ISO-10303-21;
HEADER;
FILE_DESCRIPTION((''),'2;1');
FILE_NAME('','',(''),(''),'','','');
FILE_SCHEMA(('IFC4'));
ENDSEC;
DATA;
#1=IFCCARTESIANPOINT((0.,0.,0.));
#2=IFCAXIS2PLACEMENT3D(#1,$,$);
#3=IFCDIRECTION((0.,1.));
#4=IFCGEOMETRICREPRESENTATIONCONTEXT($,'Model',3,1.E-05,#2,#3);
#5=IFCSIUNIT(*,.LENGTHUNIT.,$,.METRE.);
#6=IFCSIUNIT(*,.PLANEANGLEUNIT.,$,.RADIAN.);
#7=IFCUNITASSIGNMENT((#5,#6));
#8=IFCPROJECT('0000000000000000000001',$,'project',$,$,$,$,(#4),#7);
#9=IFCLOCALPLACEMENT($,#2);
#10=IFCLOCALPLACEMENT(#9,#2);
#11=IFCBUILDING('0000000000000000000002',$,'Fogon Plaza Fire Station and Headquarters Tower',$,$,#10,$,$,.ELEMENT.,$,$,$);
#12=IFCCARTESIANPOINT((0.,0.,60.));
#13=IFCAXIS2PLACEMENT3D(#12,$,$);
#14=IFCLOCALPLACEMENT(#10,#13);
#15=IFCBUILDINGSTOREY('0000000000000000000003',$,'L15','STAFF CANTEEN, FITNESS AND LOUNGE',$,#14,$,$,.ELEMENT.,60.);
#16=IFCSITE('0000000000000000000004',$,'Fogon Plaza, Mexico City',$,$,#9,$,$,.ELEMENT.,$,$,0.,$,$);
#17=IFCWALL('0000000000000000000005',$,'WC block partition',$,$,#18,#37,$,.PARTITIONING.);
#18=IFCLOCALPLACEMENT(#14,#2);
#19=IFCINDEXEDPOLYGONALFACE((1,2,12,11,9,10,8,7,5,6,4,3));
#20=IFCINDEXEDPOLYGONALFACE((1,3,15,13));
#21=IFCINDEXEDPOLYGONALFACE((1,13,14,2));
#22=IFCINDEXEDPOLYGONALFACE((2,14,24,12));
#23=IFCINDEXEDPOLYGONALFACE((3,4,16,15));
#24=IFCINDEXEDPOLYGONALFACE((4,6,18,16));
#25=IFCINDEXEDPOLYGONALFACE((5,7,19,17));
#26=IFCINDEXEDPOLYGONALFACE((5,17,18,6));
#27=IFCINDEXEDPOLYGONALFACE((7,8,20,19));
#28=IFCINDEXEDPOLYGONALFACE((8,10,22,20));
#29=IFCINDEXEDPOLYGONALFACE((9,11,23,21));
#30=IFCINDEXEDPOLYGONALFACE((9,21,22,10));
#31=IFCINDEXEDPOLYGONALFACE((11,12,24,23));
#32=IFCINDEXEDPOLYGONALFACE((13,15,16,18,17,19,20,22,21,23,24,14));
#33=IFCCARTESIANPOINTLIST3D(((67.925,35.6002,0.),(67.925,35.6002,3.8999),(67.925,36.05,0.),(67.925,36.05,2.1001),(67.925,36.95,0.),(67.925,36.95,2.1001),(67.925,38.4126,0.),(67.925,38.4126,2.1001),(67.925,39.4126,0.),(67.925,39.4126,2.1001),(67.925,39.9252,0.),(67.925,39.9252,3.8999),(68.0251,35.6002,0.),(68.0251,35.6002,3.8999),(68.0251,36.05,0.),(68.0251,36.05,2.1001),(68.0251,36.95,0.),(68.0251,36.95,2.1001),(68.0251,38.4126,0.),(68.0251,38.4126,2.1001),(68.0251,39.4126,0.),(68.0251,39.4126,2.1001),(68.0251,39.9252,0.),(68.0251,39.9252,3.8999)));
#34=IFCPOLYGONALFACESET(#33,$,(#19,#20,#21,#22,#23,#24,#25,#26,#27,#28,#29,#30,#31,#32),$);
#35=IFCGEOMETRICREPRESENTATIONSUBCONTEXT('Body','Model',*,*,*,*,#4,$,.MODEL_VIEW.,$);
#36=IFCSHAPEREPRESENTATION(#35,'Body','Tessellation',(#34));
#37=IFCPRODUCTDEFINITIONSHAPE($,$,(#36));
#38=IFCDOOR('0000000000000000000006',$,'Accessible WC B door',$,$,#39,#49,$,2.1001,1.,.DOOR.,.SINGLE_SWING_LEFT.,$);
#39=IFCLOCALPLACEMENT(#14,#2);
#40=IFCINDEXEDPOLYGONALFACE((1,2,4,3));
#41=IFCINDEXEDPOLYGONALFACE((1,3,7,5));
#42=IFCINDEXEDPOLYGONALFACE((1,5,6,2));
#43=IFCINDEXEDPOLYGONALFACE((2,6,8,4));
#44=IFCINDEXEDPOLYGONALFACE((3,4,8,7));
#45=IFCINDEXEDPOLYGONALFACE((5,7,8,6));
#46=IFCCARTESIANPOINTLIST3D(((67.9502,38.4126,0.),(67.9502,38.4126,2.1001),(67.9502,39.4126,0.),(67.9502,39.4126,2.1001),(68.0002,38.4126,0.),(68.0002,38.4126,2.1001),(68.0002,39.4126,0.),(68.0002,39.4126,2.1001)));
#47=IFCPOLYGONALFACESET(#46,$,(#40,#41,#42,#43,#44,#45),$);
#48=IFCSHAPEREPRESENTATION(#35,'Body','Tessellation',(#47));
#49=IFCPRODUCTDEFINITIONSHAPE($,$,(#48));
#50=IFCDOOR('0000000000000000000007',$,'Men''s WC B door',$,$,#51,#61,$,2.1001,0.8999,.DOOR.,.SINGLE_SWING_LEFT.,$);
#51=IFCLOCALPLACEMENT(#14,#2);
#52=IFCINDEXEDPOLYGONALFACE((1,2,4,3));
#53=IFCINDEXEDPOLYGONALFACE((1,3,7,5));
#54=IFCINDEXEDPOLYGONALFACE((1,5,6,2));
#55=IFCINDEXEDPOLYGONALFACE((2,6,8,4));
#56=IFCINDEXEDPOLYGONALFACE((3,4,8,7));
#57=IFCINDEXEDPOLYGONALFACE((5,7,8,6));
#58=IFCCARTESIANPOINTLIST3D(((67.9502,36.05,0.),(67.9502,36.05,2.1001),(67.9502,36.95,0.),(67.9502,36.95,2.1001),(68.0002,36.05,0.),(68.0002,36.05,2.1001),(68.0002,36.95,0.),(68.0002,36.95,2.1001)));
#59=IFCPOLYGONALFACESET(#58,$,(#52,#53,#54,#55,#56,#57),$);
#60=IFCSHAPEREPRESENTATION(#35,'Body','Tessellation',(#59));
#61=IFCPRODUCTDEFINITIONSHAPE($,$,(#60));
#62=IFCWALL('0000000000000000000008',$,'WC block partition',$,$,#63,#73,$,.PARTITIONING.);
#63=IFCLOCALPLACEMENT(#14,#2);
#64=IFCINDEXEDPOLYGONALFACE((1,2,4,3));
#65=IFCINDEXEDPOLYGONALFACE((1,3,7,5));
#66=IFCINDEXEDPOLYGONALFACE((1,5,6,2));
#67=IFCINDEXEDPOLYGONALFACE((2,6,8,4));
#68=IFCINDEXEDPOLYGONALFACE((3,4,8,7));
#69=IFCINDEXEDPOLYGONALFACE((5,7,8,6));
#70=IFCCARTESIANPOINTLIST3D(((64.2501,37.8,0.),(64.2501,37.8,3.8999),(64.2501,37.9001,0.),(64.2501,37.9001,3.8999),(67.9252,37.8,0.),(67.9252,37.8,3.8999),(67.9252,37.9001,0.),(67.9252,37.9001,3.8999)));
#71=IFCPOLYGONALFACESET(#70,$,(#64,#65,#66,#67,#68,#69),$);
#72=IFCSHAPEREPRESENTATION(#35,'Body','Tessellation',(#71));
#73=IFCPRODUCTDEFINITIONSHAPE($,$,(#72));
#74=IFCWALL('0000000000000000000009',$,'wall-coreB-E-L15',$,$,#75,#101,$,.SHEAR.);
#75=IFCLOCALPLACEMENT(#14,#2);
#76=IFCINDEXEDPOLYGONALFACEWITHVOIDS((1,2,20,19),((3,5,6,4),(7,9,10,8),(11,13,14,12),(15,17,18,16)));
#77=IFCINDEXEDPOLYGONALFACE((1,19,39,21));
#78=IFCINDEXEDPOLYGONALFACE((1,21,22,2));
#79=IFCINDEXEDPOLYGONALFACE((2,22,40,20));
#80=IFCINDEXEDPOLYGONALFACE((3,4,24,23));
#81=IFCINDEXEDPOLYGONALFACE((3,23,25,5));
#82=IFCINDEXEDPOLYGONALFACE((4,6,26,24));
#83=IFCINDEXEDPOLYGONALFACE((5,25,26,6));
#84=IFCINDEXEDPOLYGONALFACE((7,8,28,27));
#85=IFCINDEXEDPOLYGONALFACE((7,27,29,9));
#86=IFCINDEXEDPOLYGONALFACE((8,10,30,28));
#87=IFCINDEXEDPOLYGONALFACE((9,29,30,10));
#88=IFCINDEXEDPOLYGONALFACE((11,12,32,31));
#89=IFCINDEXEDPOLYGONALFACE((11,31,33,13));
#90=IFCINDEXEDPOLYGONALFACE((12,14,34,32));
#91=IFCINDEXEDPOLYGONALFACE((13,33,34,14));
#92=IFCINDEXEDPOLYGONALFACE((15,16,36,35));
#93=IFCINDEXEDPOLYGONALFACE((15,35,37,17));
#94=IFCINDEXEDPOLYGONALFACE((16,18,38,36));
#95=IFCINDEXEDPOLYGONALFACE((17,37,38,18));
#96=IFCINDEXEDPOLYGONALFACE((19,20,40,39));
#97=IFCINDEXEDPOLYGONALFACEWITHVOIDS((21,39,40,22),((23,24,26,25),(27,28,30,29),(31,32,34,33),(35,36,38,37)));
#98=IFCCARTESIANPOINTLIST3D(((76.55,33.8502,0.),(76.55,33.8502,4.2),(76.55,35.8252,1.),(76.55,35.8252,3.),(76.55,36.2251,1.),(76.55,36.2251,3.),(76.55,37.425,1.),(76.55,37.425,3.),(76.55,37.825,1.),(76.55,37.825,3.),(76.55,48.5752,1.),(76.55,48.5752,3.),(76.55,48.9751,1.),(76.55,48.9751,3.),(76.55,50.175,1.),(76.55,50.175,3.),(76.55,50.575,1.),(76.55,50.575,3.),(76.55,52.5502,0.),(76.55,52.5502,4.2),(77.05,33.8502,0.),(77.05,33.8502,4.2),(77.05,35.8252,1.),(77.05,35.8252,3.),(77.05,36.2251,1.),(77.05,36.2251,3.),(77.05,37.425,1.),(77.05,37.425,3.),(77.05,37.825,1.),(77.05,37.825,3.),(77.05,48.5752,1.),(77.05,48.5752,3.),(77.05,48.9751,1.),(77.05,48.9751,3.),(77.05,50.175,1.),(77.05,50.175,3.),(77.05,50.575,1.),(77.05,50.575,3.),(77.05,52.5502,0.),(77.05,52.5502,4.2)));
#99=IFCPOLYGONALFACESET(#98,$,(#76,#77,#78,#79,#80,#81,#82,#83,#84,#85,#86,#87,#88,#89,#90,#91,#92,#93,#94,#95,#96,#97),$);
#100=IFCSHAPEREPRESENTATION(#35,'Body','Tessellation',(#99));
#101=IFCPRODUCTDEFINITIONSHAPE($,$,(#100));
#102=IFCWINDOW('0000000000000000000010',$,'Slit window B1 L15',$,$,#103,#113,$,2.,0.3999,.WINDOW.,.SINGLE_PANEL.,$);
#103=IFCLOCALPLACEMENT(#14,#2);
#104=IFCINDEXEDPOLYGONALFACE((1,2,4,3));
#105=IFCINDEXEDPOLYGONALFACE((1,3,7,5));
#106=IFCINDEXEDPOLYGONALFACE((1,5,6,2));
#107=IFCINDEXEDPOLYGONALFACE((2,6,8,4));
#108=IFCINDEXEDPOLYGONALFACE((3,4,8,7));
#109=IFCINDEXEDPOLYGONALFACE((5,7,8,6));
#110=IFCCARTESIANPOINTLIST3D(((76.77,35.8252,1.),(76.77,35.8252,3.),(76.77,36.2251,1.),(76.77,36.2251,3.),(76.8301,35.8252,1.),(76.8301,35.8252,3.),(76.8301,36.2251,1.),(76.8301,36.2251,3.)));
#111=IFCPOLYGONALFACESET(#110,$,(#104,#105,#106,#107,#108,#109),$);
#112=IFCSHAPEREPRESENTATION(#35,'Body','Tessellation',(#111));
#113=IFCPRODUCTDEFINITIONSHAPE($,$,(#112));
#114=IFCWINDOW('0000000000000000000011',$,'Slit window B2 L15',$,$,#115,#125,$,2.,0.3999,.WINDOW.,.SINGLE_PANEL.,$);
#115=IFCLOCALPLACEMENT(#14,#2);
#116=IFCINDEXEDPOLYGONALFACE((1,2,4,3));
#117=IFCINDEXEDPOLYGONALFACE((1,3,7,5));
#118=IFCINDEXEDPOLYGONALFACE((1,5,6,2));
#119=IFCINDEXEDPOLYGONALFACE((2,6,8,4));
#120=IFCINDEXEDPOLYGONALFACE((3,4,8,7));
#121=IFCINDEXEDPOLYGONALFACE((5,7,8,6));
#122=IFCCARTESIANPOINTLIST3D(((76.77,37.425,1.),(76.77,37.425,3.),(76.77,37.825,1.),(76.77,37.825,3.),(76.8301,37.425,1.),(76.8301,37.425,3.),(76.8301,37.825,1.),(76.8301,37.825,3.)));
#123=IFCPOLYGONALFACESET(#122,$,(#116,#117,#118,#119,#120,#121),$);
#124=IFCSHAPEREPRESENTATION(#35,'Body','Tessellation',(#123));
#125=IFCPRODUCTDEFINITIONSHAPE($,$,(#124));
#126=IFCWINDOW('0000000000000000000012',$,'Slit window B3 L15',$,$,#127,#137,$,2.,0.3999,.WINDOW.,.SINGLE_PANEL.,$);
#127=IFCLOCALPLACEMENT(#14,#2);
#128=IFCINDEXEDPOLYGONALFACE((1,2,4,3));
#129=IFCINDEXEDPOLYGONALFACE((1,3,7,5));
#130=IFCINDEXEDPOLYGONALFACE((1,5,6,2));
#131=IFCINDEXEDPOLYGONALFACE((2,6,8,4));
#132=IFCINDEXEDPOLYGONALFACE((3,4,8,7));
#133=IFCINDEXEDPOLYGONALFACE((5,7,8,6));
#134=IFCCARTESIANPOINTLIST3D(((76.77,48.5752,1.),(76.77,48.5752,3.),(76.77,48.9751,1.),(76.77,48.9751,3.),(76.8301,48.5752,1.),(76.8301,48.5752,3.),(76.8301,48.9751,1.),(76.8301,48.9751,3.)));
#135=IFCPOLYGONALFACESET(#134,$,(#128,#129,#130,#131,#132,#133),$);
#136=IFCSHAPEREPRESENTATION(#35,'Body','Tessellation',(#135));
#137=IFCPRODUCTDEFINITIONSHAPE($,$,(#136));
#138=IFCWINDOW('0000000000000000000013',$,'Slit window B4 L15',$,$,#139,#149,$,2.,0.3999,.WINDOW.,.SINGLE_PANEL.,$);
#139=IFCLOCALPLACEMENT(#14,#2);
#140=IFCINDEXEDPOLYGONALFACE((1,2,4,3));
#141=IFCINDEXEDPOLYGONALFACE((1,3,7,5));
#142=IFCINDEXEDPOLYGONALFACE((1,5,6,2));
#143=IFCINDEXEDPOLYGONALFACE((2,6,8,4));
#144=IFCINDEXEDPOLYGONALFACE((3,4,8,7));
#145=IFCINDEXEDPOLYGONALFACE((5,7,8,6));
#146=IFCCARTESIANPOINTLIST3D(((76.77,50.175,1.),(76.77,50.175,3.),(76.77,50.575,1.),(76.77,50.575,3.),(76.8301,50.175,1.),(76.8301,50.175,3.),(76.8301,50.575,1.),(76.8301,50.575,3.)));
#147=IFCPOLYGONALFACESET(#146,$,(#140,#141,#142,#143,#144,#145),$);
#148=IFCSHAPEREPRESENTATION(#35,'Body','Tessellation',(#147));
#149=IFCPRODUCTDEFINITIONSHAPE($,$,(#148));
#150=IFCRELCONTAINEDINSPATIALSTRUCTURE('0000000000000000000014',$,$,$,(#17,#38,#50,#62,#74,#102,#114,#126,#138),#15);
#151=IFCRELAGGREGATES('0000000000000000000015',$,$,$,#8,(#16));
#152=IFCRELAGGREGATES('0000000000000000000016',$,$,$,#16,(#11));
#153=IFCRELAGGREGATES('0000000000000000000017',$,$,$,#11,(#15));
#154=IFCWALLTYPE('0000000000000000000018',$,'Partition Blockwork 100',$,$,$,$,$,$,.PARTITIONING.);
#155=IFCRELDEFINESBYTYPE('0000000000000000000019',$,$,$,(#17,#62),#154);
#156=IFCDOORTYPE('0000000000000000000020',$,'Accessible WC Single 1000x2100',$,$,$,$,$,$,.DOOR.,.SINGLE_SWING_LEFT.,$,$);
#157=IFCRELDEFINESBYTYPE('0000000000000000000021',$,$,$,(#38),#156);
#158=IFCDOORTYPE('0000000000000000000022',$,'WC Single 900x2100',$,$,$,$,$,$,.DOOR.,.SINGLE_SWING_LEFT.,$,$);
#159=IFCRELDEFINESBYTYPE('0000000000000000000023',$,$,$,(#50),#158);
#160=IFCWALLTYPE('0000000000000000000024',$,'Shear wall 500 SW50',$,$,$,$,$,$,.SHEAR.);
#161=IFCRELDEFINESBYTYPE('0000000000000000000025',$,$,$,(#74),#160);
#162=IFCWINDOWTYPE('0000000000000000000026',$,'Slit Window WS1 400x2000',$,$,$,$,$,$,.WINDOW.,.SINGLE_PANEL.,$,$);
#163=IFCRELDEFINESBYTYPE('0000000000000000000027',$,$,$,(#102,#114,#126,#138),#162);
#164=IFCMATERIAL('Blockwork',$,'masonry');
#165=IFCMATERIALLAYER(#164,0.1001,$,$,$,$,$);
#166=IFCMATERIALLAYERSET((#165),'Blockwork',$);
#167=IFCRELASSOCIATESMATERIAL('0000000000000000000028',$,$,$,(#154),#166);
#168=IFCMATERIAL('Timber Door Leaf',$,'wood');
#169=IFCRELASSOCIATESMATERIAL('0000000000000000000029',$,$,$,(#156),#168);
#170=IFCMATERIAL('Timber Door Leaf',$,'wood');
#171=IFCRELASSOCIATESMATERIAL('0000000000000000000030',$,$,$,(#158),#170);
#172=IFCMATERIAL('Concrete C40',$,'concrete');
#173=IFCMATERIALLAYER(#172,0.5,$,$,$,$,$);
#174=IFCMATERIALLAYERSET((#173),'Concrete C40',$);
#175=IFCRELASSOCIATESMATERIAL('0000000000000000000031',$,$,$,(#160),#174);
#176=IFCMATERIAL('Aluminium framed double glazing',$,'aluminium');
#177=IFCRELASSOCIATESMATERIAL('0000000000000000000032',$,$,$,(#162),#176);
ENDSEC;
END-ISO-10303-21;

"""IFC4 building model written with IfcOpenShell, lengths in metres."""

from ifc_helpers import new_model, si_unit, direction, frame, frame_2d, origin, place, context, subcontext, project, spatial, rectangle, extrude, material, layer, layer_set, type_object, element, fill, save


model = new_model("IFC4")

# Units and contexts
model_context = context("Model", 3, precision=1e-05, world=origin(), true_north=direction((0.0, 1.0)))
body_context = subcontext(model_context, "Body", "Model", "MODEL_VIEW")
ifc_project = project(units=[si_unit("LENGTHUNIT", "METRE"), si_unit("PLANEANGLEUNIT", "RADIAN")], contexts=[model_context])

# Site, building, storey
site_placement = place(None, origin())
site = spatial("IfcSite", under=ifc_project, at=site_placement, Name="Fogon Plaza, Mexico City", CompositionType="ELEMENT", RefElevation=0.0)
building_placement = place(site_placement, origin())
building = spatial("IfcBuilding", under=site, at=building_placement, Name="Fogon Plaza Fire Station and Headquarters Tower", CompositionType="ELEMENT")
storey_placement = place(building_placement, frame((0.0, 0.0, 60.0)))
storey = spatial("IfcBuildingStorey", under=building, at=storey_placement, Name="L15", Description="STAFF CANTEEN, FITNESS AND LOUNGE", CompositionType="ELEMENT", Elevation=60.0)

# Shared definitions
ifc_material_1 = material(Name="Blockwork", Category="masonry")
ifc_layer_1 = layer(ifc_material_1, 0.1001)
ifc_layer_set_1 = layer_set([ifc_layer_1], Name="Blockwork")
wall_type_1 = type_object("IfcWallType", Name="Partition Blockwork 100", PredefinedType="PARTITIONING", material=ifc_layer_set_1)

# Wall, openings, doors
wall_1_placement = place(storey_placement, frame((67.9751, 35.6001, 0.0), z_axis=(0.0, 0.0, 1.0), x_axis=(0.0, 1.0, 0.0)))
wall_1 = element("IfcWall", 1, at=wall_1_placement, inside=storey, type_object=wall_type_1, Name="WC block partition", PredefinedType="PARTITIONING", context=body_context, shape_type="SweptSolid", body=[
    extrude(rectangle(XDim=4.325, YDim=0.1001, at=frame_2d((2.1626, 0.0))), origin(), (0.0, 0.0, 1.0), 3.8999),
])
opening_1_placement = place(wall_1_placement, frame((0.45, 0.0, 0.0)))
opening_1 = element("IfcOpeningElement", 2, at=opening_1_placement, cuts=wall_1, PredefinedType="OPENING", context=body_context, shape_type="SweptSolid", body=[
    extrude(rectangle(XDim=0.8999, YDim=2.1001, at=frame_2d((0.45, 1.05))), frame((0.0, 0.0601, 0.0), z_axis=(0.0, -1.0, 0.0), x_axis=(1.0, 0.0, 0.0)), (0.0, 0.0, 1.0), 0.1201),
])
opening_2_placement = place(wall_1_placement, frame((2.8125, 0.0, 0.0)))
opening_2 = element("IfcOpeningElement", 3, at=opening_2_placement, cuts=wall_1, PredefinedType="OPENING", context=body_context, shape_type="SweptSolid", body=[
    extrude(rectangle(XDim=1.0, YDim=2.1001, at=frame_2d((0.5, 1.05))), frame((0.0, 0.0601, 0.0), z_axis=(0.0, -1.0, 0.0), x_axis=(1.0, 0.0, 0.0)), (0.0, 0.0, 1.0), 0.1201),
])
ifc_material_2 = material(Name="Timber Door Leaf", Category="wood")
door_type_1 = type_object("IfcDoorType", Name="Accessible WC Single 1000x2100", OperationType="SINGLE_SWING_LEFT", PredefinedType="DOOR", material=ifc_material_2)
door_1_placement = place(opening_2_placement, origin())
door_1 = element("IfcDoor", 4, at=door_1_placement, inside=storey, type_object=door_type_1, Name="Accessible WC B door", OperationType="SINGLE_SWING_LEFT", OverallHeight=2.1001, OverallWidth=1.0, PredefinedType="DOOR", context=body_context, shape_type="SweptSolid", body=[
    extrude(rectangle(XDim=1.0, YDim=2.1001, at=frame_2d((0.5, 1.05))), frame((0.0, 0.0249, 0.0), z_axis=(0.0, -1.0, 0.0), x_axis=(1.0, 0.0, 0.0)), (0.0, 0.0, 1.0), 0.05),
])
fill(opening_2, door_1)
ifc_material_3 = material(Name="Timber Door Leaf", Category="wood")
door_type_2 = type_object("IfcDoorType", Name="WC Single 900x2100", OperationType="SINGLE_SWING_LEFT", PredefinedType="DOOR", material=ifc_material_3)
door_2_placement = place(opening_1_placement, origin())
door_2 = element("IfcDoor", 5, at=door_2_placement, inside=storey, type_object=door_type_2, Name="Men's WC B door", OperationType="SINGLE_SWING_LEFT", OverallHeight=2.1001, OverallWidth=0.8999, PredefinedType="DOOR", context=body_context, shape_type="SweptSolid", body=[
    extrude(rectangle(XDim=0.8999, YDim=2.1001, at=frame_2d((0.45, 1.05))), frame((0.0, 0.0249, 0.0), z_axis=(0.0, -1.0, 0.0), x_axis=(1.0, 0.0, 0.0)), (0.0, 0.0, 1.0), 0.05),
])
fill(opening_1, door_2)

# Wall
wall_2_placement = place(storey_placement, frame((67.925, 37.8501, 0.0), z_axis=(0.0, 0.0, 1.0), x_axis=(-1.0, 0.0, 0.0)))
element("IfcWall", 6, at=wall_2_placement, inside=storey, type_object=wall_type_1, Name="WC block partition", PredefinedType="PARTITIONING", context=body_context, shape_type="SweptSolid", body=[
    extrude(rectangle(XDim=3.675, YDim=0.1001, at=frame_2d((1.8374, 0.0))), origin(), (0.0, 0.0, 1.0), 3.8999),
])

# Wall, openings, windows
ifc_material_4 = material(Name="Concrete C40", Category="concrete")
ifc_layer_2 = layer(ifc_material_4, 0.5)
ifc_layer_set_2 = layer_set([ifc_layer_2], Name="Concrete C40")
wall_type_2 = type_object("IfcWallType", Name="Shear wall 500 SW50", PredefinedType="SHEAR", material=ifc_layer_set_2)
wall_3_placement = place(storey_placement, frame((76.8, 33.8501, 0.0), z_axis=(0.0, 0.0, 1.0), x_axis=(0.0, 1.0, 0.0)))
wall_3 = element("IfcWall", 7, at=wall_3_placement, inside=storey, type_object=wall_type_2, Name="wall-coreB-E-L15", PredefinedType="SHEAR", context=body_context, shape_type="SweptSolid", body=[
    extrude(rectangle(XDim=18.7, YDim=0.5, at=frame_2d((9.3501, 0.0))), origin(), (0.0, 0.0, 1.0), 4.2),
])
opening_3_placement = place(wall_3_placement, frame((1.9751, 0.0, 1.0)))
opening_3 = element("IfcOpeningElement", 8, at=opening_3_placement, cuts=wall_3, PredefinedType="OPENING", context=body_context, shape_type="SweptSolid", body=[
    extrude(rectangle(XDim=0.3999, YDim=2.0, at=frame_2d((0.2, 1.0))), frame((0.0, 0.26, 0.0), z_axis=(0.0, -1.0, 0.0), x_axis=(1.0, 0.0, 0.0)), (0.0, 0.0, 1.0), 0.52),
])
opening_4_placement = place(wall_3_placement, frame((3.575, 0.0, 1.0)))
opening_4 = element("IfcOpeningElement", 9, at=opening_4_placement, cuts=wall_3, PredefinedType="OPENING", context=body_context, shape_type="SweptSolid", body=[
    extrude(rectangle(XDim=0.3999, YDim=2.0, at=frame_2d((0.2, 1.0))), frame((0.0, 0.26, 0.0), z_axis=(0.0, -1.0, 0.0), x_axis=(1.0, 0.0, 0.0)), (0.0, 0.0, 1.0), 0.52),
])
opening_5_placement = place(wall_3_placement, frame((14.7251, 0.0, 1.0)))
opening_5 = element("IfcOpeningElement", 10, at=opening_5_placement, cuts=wall_3, PredefinedType="OPENING", context=body_context, shape_type="SweptSolid", body=[
    extrude(rectangle(XDim=0.3999, YDim=2.0, at=frame_2d((0.2, 1.0))), frame((0.0, 0.26, 0.0), z_axis=(0.0, -1.0, 0.0), x_axis=(1.0, 0.0, 0.0)), (0.0, 0.0, 1.0), 0.52),
])
opening_6_placement = place(wall_3_placement, frame((16.325, 0.0, 1.0)))
opening_6 = element("IfcOpeningElement", 11, at=opening_6_placement, cuts=wall_3, PredefinedType="OPENING", context=body_context, shape_type="SweptSolid", body=[
    extrude(rectangle(XDim=0.3999, YDim=2.0, at=frame_2d((0.2, 1.0))), frame((0.0, 0.26, 0.0), z_axis=(0.0, -1.0, 0.0), x_axis=(1.0, 0.0, 0.0)), (0.0, 0.0, 1.0), 0.52),
])
ifc_material_5 = material(Name="Aluminium framed double glazing", Category="aluminium")
window_type = type_object("IfcWindowType", Name="Slit Window WS1 400x2000", PartitioningType="SINGLE_PANEL", PredefinedType="WINDOW", material=ifc_material_5)
window_1_placement = place(opening_3_placement, origin())
window_1 = element("IfcWindow", 12, at=window_1_placement, inside=storey, type_object=window_type, Name="Slit window B1 L15", OverallHeight=2.0, OverallWidth=0.3999, PartitioningType="SINGLE_PANEL", PredefinedType="WINDOW", context=body_context, shape_type="SweptSolid", body=[
    extrude(rectangle(XDim=0.3999, YDim=2.0, at=frame_2d((0.2, 1.0))), frame((0.0, 0.03, 0.0), z_axis=(0.0, -1.0, 0.0), x_axis=(1.0, 0.0, 0.0)), (0.0, 0.0, 1.0), 0.0601),
])
fill(opening_3, window_1)
window_2_placement = place(opening_4_placement, origin())
window_2 = element("IfcWindow", 13, at=window_2_placement, inside=storey, type_object=window_type, Name="Slit window B2 L15", OverallHeight=2.0, OverallWidth=0.3999, PartitioningType="SINGLE_PANEL", PredefinedType="WINDOW", context=body_context, shape_type="SweptSolid", body=[
    extrude(rectangle(XDim=0.3999, YDim=2.0, at=frame_2d((0.2, 1.0))), frame((0.0, 0.03, 0.0), z_axis=(0.0, -1.0, 0.0), x_axis=(1.0, 0.0, 0.0)), (0.0, 0.0, 1.0), 0.0601),
])
fill(opening_4, window_2)
window_3_placement = place(opening_5_placement, origin())
window_3 = element("IfcWindow", 14, at=window_3_placement, inside=storey, type_object=window_type, Name="Slit window B3 L15", OverallHeight=2.0, OverallWidth=0.3999, PartitioningType="SINGLE_PANEL", PredefinedType="WINDOW", context=body_context, shape_type="SweptSolid", body=[
    extrude(rectangle(XDim=0.3999, YDim=2.0, at=frame_2d((0.2, 1.0))), frame((0.0, 0.03, 0.0), z_axis=(0.0, -1.0, 0.0), x_axis=(1.0, 0.0, 0.0)), (0.0, 0.0, 1.0), 0.0601),
])
fill(opening_5, window_3)
window_4_placement = place(opening_6_placement, origin())
window_4 = element("IfcWindow", 15, at=window_4_placement, inside=storey, type_object=window_type, Name="Slit window B4 L15", OverallHeight=2.0, OverallWidth=0.3999, PartitioningType="SINGLE_PANEL", PredefinedType="WINDOW", context=body_context, shape_type="SweptSolid", body=[
    extrude(rectangle(XDim=0.3999, YDim=2.0, at=frame_2d((0.2, 1.0))), frame((0.0, 0.03, 0.0), z_axis=(0.0, -1.0, 0.0), x_axis=(1.0, 0.0, 0.0)), (0.0, 0.0, 1.0), 0.0601),
])
fill(opening_6, window_4)

save(model, "model.ifc")
